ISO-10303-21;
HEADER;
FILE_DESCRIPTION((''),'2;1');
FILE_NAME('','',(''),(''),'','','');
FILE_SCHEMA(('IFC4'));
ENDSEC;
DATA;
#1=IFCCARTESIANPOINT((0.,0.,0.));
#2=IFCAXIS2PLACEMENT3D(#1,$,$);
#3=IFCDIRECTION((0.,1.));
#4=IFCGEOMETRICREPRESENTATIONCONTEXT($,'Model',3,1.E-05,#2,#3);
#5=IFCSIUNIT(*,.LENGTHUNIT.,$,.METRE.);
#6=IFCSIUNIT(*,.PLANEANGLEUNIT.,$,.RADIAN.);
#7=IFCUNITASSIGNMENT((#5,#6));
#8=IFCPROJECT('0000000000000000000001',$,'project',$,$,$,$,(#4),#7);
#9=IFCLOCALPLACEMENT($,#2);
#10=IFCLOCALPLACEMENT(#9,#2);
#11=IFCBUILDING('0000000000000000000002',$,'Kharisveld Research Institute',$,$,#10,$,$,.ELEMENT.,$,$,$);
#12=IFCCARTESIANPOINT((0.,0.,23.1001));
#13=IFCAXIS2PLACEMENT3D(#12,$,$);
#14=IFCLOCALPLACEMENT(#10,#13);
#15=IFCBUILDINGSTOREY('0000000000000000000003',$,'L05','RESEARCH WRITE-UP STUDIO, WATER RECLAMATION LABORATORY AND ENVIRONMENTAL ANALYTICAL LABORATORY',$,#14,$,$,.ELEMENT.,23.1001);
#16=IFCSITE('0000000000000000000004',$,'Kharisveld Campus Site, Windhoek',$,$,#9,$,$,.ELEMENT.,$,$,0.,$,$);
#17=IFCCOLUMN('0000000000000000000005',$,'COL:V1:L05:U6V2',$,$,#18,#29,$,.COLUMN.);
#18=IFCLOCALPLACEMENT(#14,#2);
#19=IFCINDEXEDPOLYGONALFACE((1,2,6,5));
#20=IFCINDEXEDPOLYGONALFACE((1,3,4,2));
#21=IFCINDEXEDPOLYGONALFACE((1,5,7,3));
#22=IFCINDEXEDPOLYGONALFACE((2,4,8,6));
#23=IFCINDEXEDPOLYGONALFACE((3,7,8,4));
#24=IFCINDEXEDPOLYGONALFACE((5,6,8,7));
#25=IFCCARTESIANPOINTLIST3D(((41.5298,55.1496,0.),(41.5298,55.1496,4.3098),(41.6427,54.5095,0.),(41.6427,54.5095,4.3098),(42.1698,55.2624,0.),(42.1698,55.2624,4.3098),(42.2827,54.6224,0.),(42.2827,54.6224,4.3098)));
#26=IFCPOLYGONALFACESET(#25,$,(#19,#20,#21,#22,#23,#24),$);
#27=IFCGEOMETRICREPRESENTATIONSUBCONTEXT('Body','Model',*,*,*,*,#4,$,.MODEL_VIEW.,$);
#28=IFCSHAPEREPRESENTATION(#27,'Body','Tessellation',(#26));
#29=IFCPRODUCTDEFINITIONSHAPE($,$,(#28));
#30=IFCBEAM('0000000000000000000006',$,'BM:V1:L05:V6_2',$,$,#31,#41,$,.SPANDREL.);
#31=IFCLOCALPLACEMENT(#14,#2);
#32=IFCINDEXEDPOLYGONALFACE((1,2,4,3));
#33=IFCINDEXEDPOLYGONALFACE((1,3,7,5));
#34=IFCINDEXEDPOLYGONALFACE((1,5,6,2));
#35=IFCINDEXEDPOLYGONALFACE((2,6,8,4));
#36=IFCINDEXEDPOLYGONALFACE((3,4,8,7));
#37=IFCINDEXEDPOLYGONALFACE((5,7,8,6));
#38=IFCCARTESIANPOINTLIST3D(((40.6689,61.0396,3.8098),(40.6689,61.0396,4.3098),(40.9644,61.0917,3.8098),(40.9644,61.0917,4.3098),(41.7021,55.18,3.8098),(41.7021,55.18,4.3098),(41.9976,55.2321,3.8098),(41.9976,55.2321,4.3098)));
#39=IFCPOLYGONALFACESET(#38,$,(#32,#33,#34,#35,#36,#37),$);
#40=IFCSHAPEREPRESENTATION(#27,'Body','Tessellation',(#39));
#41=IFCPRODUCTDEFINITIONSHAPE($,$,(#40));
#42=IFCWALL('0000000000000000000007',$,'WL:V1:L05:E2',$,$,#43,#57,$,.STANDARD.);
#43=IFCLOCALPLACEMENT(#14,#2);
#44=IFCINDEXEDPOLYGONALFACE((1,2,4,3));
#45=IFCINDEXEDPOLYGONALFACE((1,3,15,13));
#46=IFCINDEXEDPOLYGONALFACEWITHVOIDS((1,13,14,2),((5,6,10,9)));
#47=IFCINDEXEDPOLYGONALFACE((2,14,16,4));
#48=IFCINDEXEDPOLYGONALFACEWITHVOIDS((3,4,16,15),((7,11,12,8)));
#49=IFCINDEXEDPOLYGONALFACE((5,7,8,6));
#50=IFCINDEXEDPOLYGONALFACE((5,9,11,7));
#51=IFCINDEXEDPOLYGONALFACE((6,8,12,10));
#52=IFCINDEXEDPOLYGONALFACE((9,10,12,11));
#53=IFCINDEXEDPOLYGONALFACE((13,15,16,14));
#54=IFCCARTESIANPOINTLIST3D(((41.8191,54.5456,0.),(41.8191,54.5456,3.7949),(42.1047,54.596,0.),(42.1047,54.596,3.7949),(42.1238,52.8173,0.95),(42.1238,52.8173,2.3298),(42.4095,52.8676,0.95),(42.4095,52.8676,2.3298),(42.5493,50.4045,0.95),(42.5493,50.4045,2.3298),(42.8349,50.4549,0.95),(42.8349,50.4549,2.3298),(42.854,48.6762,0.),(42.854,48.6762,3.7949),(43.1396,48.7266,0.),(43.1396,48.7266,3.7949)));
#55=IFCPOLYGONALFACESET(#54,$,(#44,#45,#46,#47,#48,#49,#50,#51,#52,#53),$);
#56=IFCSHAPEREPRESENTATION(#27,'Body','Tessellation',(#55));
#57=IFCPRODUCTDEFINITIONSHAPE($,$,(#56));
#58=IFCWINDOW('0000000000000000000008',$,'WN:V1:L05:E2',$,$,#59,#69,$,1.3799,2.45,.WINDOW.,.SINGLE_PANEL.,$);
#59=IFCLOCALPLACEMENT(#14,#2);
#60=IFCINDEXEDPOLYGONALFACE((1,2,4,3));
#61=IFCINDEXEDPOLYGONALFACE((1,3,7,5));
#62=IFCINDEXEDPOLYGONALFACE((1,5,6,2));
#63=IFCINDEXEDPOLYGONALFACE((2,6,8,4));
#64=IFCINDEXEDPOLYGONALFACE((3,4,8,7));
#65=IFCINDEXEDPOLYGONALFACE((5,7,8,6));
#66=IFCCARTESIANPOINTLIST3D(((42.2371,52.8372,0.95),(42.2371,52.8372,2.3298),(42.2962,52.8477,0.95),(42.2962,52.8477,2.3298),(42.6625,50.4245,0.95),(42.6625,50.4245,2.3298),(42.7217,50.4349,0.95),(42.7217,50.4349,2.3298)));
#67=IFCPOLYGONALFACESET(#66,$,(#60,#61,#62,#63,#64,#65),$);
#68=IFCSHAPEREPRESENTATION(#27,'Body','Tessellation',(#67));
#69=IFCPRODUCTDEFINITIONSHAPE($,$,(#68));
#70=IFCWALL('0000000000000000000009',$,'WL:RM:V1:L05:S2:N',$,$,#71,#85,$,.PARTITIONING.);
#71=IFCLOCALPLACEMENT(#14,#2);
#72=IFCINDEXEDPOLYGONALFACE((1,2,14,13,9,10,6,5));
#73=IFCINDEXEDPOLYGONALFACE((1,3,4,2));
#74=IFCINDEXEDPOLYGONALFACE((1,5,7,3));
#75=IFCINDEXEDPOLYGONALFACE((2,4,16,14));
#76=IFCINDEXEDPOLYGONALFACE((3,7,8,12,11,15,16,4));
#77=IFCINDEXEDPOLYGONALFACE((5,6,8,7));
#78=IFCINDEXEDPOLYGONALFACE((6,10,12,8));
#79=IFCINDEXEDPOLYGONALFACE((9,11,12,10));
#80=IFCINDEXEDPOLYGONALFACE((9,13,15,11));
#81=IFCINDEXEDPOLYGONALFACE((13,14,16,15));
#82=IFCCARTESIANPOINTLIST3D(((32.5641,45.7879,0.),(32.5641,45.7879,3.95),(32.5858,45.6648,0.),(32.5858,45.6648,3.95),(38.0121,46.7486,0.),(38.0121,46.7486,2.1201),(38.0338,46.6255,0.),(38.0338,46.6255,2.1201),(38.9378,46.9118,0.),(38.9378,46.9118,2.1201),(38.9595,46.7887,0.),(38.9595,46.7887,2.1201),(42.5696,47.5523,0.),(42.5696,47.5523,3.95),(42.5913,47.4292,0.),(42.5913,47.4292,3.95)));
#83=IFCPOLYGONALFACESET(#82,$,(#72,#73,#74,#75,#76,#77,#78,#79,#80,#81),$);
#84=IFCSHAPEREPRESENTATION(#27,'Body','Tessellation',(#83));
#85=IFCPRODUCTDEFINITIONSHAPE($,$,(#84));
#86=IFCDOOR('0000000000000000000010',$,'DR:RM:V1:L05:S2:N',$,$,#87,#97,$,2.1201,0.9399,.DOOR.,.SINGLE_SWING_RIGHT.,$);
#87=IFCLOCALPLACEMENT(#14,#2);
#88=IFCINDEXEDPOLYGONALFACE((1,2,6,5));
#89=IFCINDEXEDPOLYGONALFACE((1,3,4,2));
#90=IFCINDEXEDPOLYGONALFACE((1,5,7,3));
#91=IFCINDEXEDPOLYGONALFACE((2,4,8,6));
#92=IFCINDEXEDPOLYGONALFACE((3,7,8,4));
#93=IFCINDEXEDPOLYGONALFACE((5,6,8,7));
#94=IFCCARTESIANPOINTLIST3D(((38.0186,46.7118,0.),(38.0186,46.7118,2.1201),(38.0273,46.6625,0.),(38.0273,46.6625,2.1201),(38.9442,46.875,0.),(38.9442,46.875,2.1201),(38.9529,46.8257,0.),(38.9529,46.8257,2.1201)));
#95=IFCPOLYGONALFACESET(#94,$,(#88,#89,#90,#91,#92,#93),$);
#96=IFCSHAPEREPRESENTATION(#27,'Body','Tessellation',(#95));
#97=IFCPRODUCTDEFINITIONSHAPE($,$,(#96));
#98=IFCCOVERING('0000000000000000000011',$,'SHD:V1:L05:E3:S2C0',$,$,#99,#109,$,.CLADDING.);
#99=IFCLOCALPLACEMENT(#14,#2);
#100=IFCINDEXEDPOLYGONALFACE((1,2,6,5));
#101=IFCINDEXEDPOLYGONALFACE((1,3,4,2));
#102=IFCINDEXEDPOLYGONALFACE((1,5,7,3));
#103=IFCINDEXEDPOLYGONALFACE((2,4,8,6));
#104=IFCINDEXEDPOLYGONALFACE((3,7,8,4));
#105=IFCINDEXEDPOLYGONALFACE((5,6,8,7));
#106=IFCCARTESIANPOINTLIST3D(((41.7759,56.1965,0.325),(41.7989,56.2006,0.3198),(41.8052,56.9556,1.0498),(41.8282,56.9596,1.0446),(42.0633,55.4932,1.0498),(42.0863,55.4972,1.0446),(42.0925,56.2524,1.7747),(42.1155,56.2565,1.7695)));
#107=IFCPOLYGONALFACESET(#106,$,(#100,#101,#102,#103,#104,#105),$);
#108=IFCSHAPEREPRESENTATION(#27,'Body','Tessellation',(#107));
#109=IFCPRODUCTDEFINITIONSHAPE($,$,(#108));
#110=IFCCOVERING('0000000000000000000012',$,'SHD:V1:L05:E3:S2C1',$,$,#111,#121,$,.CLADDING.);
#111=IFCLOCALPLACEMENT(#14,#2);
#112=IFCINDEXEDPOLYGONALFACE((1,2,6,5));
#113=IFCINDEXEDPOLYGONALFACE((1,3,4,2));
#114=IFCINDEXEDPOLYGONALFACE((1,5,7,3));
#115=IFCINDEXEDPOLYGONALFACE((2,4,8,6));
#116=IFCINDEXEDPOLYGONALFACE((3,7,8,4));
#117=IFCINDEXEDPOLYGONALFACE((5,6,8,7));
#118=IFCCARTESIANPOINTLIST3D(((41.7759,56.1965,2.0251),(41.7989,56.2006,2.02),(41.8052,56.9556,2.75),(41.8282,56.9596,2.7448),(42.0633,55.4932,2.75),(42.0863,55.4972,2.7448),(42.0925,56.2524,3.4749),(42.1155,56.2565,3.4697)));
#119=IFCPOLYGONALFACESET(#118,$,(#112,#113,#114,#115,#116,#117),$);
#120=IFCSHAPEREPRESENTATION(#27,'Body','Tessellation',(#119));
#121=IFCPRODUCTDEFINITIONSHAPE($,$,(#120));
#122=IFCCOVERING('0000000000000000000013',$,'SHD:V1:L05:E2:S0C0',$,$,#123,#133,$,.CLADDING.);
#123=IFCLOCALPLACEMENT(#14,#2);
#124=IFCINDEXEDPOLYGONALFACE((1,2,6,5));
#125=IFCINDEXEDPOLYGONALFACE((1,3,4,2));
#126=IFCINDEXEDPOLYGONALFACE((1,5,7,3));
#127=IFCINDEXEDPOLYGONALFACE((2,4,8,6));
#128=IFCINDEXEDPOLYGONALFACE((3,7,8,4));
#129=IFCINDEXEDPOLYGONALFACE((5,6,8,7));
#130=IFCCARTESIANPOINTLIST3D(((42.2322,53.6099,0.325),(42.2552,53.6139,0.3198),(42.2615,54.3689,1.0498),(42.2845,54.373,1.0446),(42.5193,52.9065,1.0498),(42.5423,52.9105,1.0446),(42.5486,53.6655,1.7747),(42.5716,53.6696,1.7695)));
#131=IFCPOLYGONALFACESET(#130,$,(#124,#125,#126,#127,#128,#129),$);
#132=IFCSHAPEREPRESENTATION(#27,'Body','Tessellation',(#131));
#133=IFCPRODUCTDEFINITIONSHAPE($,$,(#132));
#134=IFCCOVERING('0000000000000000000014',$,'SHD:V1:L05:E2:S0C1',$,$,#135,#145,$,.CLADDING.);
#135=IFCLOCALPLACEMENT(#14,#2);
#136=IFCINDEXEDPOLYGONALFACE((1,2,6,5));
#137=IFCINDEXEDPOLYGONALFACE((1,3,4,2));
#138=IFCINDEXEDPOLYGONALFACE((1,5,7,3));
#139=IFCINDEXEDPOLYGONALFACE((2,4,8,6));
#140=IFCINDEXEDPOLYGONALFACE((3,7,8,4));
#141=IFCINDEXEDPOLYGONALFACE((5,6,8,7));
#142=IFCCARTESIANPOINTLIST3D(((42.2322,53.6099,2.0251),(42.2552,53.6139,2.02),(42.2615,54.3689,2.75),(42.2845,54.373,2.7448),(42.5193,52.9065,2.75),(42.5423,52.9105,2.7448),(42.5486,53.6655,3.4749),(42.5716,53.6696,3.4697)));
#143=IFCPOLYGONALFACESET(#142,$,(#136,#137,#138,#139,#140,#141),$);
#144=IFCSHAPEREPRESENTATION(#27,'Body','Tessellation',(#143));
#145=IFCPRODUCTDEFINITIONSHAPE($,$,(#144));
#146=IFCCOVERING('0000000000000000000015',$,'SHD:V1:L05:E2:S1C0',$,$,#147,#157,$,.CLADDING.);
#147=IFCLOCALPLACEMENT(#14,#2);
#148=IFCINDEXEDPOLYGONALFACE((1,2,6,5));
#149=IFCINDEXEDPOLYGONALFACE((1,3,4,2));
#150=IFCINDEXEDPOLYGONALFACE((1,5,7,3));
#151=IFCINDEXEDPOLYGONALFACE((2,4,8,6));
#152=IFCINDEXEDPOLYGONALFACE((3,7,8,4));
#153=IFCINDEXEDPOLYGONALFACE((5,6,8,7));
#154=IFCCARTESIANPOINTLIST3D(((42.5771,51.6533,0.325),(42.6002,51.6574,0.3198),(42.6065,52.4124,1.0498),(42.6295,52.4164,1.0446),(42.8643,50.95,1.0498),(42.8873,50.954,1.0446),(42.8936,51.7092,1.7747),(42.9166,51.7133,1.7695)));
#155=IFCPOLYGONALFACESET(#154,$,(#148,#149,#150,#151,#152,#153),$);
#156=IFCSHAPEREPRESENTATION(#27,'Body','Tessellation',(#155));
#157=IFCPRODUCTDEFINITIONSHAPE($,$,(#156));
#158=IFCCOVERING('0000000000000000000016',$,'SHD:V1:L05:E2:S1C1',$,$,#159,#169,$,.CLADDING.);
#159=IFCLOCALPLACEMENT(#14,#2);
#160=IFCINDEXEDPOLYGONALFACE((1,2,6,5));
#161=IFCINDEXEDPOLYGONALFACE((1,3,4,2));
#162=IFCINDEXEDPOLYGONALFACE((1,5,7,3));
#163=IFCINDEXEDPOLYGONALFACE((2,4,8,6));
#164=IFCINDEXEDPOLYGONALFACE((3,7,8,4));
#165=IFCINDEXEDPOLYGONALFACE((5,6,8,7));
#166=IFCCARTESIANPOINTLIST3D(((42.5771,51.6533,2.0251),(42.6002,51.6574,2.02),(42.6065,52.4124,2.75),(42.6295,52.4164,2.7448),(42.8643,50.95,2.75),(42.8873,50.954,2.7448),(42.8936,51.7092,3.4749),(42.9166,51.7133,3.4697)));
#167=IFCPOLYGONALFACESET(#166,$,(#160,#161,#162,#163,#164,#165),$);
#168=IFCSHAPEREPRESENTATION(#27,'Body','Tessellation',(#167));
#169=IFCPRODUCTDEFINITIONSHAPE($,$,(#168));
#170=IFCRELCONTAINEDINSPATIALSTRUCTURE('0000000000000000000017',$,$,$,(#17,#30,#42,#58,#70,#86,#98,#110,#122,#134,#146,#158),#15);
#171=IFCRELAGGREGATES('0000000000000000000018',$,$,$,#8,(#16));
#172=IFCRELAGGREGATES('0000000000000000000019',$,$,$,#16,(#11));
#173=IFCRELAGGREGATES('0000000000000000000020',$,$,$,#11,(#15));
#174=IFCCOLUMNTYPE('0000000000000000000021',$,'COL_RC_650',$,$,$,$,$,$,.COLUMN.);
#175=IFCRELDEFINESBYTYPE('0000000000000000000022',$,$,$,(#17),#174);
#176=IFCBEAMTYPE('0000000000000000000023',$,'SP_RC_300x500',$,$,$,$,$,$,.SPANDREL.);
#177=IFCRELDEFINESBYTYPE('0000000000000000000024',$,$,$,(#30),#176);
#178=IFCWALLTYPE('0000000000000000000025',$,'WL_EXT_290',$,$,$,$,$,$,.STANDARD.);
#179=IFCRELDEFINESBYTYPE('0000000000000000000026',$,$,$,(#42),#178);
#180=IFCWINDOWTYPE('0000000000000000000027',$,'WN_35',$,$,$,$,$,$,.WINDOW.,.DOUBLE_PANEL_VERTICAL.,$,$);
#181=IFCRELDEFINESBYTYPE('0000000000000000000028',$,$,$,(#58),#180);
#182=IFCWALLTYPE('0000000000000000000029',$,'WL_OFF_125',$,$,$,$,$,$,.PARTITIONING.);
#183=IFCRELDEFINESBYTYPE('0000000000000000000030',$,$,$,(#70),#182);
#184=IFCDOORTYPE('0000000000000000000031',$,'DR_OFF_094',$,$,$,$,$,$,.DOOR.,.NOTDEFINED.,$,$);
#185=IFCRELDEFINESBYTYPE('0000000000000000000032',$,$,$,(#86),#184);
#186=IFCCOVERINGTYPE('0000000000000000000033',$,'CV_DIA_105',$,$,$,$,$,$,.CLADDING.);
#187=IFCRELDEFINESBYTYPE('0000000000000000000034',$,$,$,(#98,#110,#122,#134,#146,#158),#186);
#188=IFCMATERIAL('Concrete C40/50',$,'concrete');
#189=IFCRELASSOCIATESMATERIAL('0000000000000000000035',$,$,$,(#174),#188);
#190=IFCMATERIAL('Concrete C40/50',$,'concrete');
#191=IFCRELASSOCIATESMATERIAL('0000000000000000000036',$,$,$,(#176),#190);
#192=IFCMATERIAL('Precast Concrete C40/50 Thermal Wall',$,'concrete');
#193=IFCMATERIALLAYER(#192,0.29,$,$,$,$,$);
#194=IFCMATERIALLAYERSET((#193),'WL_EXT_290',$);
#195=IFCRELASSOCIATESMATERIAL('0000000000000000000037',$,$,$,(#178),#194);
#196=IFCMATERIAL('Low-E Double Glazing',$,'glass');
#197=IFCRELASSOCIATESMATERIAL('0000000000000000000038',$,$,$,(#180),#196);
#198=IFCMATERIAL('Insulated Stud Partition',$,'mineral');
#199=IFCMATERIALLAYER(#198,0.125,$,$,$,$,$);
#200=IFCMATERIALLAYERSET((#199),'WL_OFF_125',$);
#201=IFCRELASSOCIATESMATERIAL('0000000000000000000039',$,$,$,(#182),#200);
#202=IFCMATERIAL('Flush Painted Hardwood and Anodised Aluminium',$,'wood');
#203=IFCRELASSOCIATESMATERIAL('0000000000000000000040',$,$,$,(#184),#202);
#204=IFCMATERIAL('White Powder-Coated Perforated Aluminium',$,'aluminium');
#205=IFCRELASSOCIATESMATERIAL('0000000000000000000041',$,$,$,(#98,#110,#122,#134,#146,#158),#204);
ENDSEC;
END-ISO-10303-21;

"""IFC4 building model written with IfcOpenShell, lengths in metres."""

from ifc_helpers import new_model, si_unit, direction, frame, frame_2d, origin, origin_2d, place, context, subcontext, project, spatial, polyline, rectangle, outline, extrude, material, layer, layer_set, material_profile, profile_set, type_object, element, fill, save


model = new_model("IFC4")

# Units and contexts
model_context = context("Model", 3, precision=1e-05, world=origin(), true_north=direction((0.0, 1.0)))
body_context = subcontext(model_context, "Body", "Model", "MODEL_VIEW")
ifc_project = project(units=[si_unit("LENGTHUNIT", "METRE"), si_unit("PLANEANGLEUNIT", "RADIAN")], contexts=[model_context])

# Site, building, storey
site_placement = place(None, origin())
site = spatial("IfcSite", under=ifc_project, at=site_placement, Name="Kharisveld Campus Site, Windhoek", CompositionType="ELEMENT", RefElevation=0.0)
building_placement = place(site_placement, origin())
building = spatial("IfcBuilding", under=site, at=building_placement, Name="Kharisveld Research Institute", CompositionType="ELEMENT")
storey_placement = place(building_placement, frame((0.0, 0.0, 23.1001)))
storey = spatial("IfcBuildingStorey", under=building, at=storey_placement, Name="L05", Description="RESEARCH WRITE-UP STUDIO, WATER RECLAMATION LABORATORY AND ENVIRONMENTAL ANALYTICAL LABORATORY", CompositionType="ELEMENT", Elevation=23.1001)

# Column
ifc_material_1 = material(Name="Concrete C40/50", Category="concrete")
ifc_material_profile_1 = material_profile(ifc_material_1, rectangle(XDim=0.6499, YDim=0.6499, at=origin_2d()))
ifc_profile_set_1 = profile_set([ifc_material_profile_1], Name="Concrete C40/50")
column_type = type_object("IfcColumnType", Name="COL_RC_650", PredefinedType="COLUMN", material=ifc_profile_set_1)
column_placement = place(storey_placement, frame((41.9062, 54.886, 0.0), z_axis=(0.0, 0.0, 1.0), x_axis=(0.984808, 0.173648, 0.0)))
element("IfcColumn", 1, at=column_placement, inside=storey, type_object=column_type, Name="COL:V1:L05:U6V2", PredefinedType="COLUMN", context=body_context, shape_type="SweptSolid", body=[
    extrude(rectangle(XDim=0.6499, YDim=0.6499, at=origin_2d()), origin(), (0.0, 0.0, 1.0), 4.3098),
])

# Beam
ifc_material_2 = material(Name="Concrete C40/50", Category="concrete")
ifc_material_profile_2 = material_profile(ifc_material_2, rectangle(XDim=0.3, YDim=0.5, at=origin_2d()))
ifc_profile_set_2 = profile_set([ifc_material_profile_2], Name="Concrete C40/50")
beam_type = type_object("IfcBeamType", Name="SP_RC_300x500", PredefinedType="SPANDREL", material=ifc_profile_set_2)
beam_placement = place(storey_placement, frame((41.8499, 55.2061, 4.0598), z_axis=(-0.173647, 0.984808, 0.0), x_axis=(-0.984808, -0.173647, 0.0)))
element("IfcBeam", 2, at=beam_placement, inside=storey, type_object=beam_type, Name="BM:V1:L05:V6_2", PredefinedType="SPANDREL", context=body_context, shape_type="SweptSolid", body=[
    extrude(rectangle(XDim=0.3, YDim=0.5, at=origin_2d()), origin(), (0.0, 0.0, 1.0), 5.95),
])

# Wall, opening, window
ifc_material_3 = material(Name="Precast Concrete C40/50 Thermal Wall", Category="concrete")
ifc_layer_1 = layer(ifc_material_3, 0.29)
ifc_layer_set_1 = layer_set([ifc_layer_1], Name="WL_EXT_290")
wall_type_1 = type_object("IfcWallType", Name="WL_EXT_290", PredefinedType="STANDARD", material=ifc_layer_set_1)
wall_1_placement = place(storey_placement, frame((41.9619, 54.5708, 0.0), z_axis=(0.0, 0.0, 1.0), x_axis=(0.173645, -0.984808, 0.0)))
wall_1 = element("IfcWall", 3, at=wall_1_placement, inside=storey, type_object=wall_type_1, Name="WL:V1:L05:E2", PredefinedType="STANDARD", context=body_context, shape_type="SweptSolid", body=[
    extrude(rectangle(XDim=5.96, YDim=0.29, at=frame_2d((2.98, 0.0))), origin(), (0.0, 0.0, 1.0), 3.7949),
])
opening_1_placement = place(wall_1_placement, frame((1.7549, 0.0, 0.95)))
opening_1 = element("IfcOpeningElement", 4, at=opening_1_placement, cuts=wall_1, PredefinedType="OPENING", context=body_context, shape_type="SweptSolid", body=[
    extrude(rectangle(XDim=2.45, YDim=1.3799, at=frame_2d((1.2251, 0.6899))), frame((0.0, 0.145, 0.0), z_axis=(0.0, -1.0, 0.0), x_axis=(1.0, 0.0, 0.0)), (0.0, 0.0, 1.0), 0.29),
])
ifc_material_4 = material(Name="Low-E Double Glazing", Category="glass")
window_type = type_object("IfcWindowType", Name="WN_35", PartitioningType="DOUBLE_PANEL_VERTICAL", PredefinedType="WINDOW", material=ifc_material_4)
window_placement = place(opening_1_placement, origin())
window = element("IfcWindow", 5, at=window_placement, inside=storey, type_object=window_type, Name="WN:V1:L05:E2", OverallHeight=1.3799, OverallWidth=2.45, PartitioningType="SINGLE_PANEL", PredefinedType="WINDOW", context=body_context, shape_type="SweptSolid", body=[
    extrude(rectangle(XDim=2.45, YDim=1.3799, at=frame_2d((1.2251, 0.6899))), frame((0.0, 0.03, 0.0), z_axis=(0.0, -1.0, 0.0), x_axis=(1.0, 0.0, 0.0)), (0.0, 0.0, 1.0), 0.0601),
])
fill(opening_1, window)

# Wall, opening, door
ifc_material_5 = material(Name="Insulated Stud Partition", Category="mineral")
ifc_layer_2 = layer(ifc_material_5, 0.125)
ifc_layer_set_2 = layer_set([ifc_layer_2], Name="WL_OFF_125")
wall_type_2 = type_object("IfcWallType", Name="WL_OFF_125", PredefinedType="PARTITIONING", material=ifc_layer_set_2)
wall_2_placement = place(storey_placement, frame((42.5806, 47.4907, 0.0), z_axis=(0.0, 0.0, 1.0), x_axis=(-0.984805, -0.173662, 0.0)))
wall_2 = element("IfcWall", 6, at=wall_2_placement, inside=storey, type_object=wall_type_2, Name="WL:RM:V1:L05:S2:N", PredefinedType="PARTITIONING", context=body_context, shape_type="SweptSolid", body=[
    extrude(rectangle(XDim=10.1599, YDim=0.125, at=frame_2d((5.0801, 0.0))), origin(), (0.0, 0.0, 1.0), 3.95),
])
opening_2_placement = place(wall_2_placement, frame((3.688, 0.0, 0.0)))
opening_2 = element("IfcOpeningElement", 7, at=opening_2_placement, cuts=wall_2, PredefinedType="OPENING", context=body_context, shape_type="SweptSolid", body=[
    extrude(rectangle(XDim=0.9399, YDim=2.1201, at=frame_2d((0.47, 1.0601))), frame((0.0, 0.0625, 0.0), z_axis=(0.0, -1.0, 0.0), x_axis=(1.0, 0.0, 0.0)), (0.0, 0.0, 1.0), 0.125),
])
ifc_material_6 = material(Name="Flush Painted Hardwood and Anodised Aluminium", Category="wood")
door_type = type_object("IfcDoorType", Name="DR_OFF_094", OperationType="NOTDEFINED", PredefinedType="DOOR", material=ifc_material_6)
door_placement = place(opening_2_placement, origin())
door = element("IfcDoor", 8, at=door_placement, inside=storey, type_object=door_type, Name="DR:RM:V1:L05:S2:N", OperationType="SINGLE_SWING_RIGHT", OverallHeight=2.1201, OverallWidth=0.9399, PredefinedType="DOOR", context=body_context, shape_type="SweptSolid", body=[
    extrude(rectangle(XDim=0.9399, YDim=2.1201, at=frame_2d((0.47, 1.0601))), frame((0.0, 0.0249, 0.0), z_axis=(0.0, -1.0, 0.0), x_axis=(1.0, 0.0, 0.0)), (0.0, 0.0, 1.0), 0.05),
])
fill(opening_2, door)

# Coverings
ifc_material_7 = material(Name="White Powder-Coated Perforated Aluminium", Category="aluminium")
covering_type = type_object("IfcCoveringType", Name="CV_DIA_105", PredefinedType="CLADDING")
for number, where, z_axis, x_axis, name in (
    (9, (41.7759, 56.1965, 0.325), (-0.96142, -0.169653, 0.21654), (0.273663, -0.669807, 0.690266), "SHD:V1:L05:E3:S2C0"),
    (10, (41.7759, 56.1965, 2.0251), (-0.96142, -0.169653, 0.21654), (0.273663, -0.669807, 0.690266), "SHD:V1:L05:E3:S2C1"),
):
    element("IfcCovering", number, at=place(storey_placement, frame(where, z_axis=z_axis, x_axis=x_axis)), inside=storey, type_object=covering_type, material=ifc_material_7, Name=name, PredefinedType="CLADDING", context=body_context, shape_type="SweptSolid", body=[
        extrude(outline(polyline([(0.0, 0.0), (1.0501, 0.0), (1.0499, 1.0501), (0.0, 1.05), (0.0, 0.0)])), origin(), (0.0, 0.0, -1.0), 0.0239),
    ])
for number, where, z_axis, x_axis, name in (
    (11, (42.2322, 53.6099, 0.325), (-0.961487, -0.169504, 0.216358), (0.273429, -0.669853, 0.690314), "SHD:V1:L05:E2:S0C0"),
    (12, (42.2322, 53.6099, 2.0251), (-0.961487, -0.169504, 0.216358), (0.273429, -0.669853, 0.690314), "SHD:V1:L05:E2:S0C1"),
):
    element("IfcCovering", number, at=place(storey_placement, frame(where, z_axis=z_axis, x_axis=x_axis)), inside=storey, type_object=covering_type, material=ifc_material_7, Name=name, PredefinedType="CLADDING", context=body_context, shape_type="SweptSolid", body=[
        extrude(outline(polyline([(0.0, 0.0), (1.05, 0.0), (1.05, 1.05), (-0.0001, 1.05), (0.0, 0.0)])), origin(), (0.0, 0.0, -1.0), 0.0239),
    ])
for number, where, z_axis, x_axis, name in (
    (13, (42.5771, 51.6533, 0.325), (-0.961481, -0.169503, 0.216385), (0.273447, -0.66985, 0.69031), "SHD:V1:L05:E2:S1C0"),
    (14, (42.5771, 51.6533, 2.0251), (-0.961481, -0.169503, 0.216385), (0.273447, -0.66985, 0.69031), "SHD:V1:L05:E2:S1C1"),
):
    element("IfcCovering", number, at=place(storey_placement, frame(where, z_axis=z_axis, x_axis=x_axis)), inside=storey, type_object=covering_type, material=ifc_material_7, Name=name, PredefinedType="CLADDING", context=body_context, shape_type="SweptSolid", body=[
        extrude(outline(polyline([(0.0, 0.0), (1.05, 0.0), (1.0498, 1.0501), (-0.0001, 1.05), (0.0, 0.0)])), origin(), (0.0, 0.0, -1.0), 0.0239),
    ])

save(model, "model.ifc")
